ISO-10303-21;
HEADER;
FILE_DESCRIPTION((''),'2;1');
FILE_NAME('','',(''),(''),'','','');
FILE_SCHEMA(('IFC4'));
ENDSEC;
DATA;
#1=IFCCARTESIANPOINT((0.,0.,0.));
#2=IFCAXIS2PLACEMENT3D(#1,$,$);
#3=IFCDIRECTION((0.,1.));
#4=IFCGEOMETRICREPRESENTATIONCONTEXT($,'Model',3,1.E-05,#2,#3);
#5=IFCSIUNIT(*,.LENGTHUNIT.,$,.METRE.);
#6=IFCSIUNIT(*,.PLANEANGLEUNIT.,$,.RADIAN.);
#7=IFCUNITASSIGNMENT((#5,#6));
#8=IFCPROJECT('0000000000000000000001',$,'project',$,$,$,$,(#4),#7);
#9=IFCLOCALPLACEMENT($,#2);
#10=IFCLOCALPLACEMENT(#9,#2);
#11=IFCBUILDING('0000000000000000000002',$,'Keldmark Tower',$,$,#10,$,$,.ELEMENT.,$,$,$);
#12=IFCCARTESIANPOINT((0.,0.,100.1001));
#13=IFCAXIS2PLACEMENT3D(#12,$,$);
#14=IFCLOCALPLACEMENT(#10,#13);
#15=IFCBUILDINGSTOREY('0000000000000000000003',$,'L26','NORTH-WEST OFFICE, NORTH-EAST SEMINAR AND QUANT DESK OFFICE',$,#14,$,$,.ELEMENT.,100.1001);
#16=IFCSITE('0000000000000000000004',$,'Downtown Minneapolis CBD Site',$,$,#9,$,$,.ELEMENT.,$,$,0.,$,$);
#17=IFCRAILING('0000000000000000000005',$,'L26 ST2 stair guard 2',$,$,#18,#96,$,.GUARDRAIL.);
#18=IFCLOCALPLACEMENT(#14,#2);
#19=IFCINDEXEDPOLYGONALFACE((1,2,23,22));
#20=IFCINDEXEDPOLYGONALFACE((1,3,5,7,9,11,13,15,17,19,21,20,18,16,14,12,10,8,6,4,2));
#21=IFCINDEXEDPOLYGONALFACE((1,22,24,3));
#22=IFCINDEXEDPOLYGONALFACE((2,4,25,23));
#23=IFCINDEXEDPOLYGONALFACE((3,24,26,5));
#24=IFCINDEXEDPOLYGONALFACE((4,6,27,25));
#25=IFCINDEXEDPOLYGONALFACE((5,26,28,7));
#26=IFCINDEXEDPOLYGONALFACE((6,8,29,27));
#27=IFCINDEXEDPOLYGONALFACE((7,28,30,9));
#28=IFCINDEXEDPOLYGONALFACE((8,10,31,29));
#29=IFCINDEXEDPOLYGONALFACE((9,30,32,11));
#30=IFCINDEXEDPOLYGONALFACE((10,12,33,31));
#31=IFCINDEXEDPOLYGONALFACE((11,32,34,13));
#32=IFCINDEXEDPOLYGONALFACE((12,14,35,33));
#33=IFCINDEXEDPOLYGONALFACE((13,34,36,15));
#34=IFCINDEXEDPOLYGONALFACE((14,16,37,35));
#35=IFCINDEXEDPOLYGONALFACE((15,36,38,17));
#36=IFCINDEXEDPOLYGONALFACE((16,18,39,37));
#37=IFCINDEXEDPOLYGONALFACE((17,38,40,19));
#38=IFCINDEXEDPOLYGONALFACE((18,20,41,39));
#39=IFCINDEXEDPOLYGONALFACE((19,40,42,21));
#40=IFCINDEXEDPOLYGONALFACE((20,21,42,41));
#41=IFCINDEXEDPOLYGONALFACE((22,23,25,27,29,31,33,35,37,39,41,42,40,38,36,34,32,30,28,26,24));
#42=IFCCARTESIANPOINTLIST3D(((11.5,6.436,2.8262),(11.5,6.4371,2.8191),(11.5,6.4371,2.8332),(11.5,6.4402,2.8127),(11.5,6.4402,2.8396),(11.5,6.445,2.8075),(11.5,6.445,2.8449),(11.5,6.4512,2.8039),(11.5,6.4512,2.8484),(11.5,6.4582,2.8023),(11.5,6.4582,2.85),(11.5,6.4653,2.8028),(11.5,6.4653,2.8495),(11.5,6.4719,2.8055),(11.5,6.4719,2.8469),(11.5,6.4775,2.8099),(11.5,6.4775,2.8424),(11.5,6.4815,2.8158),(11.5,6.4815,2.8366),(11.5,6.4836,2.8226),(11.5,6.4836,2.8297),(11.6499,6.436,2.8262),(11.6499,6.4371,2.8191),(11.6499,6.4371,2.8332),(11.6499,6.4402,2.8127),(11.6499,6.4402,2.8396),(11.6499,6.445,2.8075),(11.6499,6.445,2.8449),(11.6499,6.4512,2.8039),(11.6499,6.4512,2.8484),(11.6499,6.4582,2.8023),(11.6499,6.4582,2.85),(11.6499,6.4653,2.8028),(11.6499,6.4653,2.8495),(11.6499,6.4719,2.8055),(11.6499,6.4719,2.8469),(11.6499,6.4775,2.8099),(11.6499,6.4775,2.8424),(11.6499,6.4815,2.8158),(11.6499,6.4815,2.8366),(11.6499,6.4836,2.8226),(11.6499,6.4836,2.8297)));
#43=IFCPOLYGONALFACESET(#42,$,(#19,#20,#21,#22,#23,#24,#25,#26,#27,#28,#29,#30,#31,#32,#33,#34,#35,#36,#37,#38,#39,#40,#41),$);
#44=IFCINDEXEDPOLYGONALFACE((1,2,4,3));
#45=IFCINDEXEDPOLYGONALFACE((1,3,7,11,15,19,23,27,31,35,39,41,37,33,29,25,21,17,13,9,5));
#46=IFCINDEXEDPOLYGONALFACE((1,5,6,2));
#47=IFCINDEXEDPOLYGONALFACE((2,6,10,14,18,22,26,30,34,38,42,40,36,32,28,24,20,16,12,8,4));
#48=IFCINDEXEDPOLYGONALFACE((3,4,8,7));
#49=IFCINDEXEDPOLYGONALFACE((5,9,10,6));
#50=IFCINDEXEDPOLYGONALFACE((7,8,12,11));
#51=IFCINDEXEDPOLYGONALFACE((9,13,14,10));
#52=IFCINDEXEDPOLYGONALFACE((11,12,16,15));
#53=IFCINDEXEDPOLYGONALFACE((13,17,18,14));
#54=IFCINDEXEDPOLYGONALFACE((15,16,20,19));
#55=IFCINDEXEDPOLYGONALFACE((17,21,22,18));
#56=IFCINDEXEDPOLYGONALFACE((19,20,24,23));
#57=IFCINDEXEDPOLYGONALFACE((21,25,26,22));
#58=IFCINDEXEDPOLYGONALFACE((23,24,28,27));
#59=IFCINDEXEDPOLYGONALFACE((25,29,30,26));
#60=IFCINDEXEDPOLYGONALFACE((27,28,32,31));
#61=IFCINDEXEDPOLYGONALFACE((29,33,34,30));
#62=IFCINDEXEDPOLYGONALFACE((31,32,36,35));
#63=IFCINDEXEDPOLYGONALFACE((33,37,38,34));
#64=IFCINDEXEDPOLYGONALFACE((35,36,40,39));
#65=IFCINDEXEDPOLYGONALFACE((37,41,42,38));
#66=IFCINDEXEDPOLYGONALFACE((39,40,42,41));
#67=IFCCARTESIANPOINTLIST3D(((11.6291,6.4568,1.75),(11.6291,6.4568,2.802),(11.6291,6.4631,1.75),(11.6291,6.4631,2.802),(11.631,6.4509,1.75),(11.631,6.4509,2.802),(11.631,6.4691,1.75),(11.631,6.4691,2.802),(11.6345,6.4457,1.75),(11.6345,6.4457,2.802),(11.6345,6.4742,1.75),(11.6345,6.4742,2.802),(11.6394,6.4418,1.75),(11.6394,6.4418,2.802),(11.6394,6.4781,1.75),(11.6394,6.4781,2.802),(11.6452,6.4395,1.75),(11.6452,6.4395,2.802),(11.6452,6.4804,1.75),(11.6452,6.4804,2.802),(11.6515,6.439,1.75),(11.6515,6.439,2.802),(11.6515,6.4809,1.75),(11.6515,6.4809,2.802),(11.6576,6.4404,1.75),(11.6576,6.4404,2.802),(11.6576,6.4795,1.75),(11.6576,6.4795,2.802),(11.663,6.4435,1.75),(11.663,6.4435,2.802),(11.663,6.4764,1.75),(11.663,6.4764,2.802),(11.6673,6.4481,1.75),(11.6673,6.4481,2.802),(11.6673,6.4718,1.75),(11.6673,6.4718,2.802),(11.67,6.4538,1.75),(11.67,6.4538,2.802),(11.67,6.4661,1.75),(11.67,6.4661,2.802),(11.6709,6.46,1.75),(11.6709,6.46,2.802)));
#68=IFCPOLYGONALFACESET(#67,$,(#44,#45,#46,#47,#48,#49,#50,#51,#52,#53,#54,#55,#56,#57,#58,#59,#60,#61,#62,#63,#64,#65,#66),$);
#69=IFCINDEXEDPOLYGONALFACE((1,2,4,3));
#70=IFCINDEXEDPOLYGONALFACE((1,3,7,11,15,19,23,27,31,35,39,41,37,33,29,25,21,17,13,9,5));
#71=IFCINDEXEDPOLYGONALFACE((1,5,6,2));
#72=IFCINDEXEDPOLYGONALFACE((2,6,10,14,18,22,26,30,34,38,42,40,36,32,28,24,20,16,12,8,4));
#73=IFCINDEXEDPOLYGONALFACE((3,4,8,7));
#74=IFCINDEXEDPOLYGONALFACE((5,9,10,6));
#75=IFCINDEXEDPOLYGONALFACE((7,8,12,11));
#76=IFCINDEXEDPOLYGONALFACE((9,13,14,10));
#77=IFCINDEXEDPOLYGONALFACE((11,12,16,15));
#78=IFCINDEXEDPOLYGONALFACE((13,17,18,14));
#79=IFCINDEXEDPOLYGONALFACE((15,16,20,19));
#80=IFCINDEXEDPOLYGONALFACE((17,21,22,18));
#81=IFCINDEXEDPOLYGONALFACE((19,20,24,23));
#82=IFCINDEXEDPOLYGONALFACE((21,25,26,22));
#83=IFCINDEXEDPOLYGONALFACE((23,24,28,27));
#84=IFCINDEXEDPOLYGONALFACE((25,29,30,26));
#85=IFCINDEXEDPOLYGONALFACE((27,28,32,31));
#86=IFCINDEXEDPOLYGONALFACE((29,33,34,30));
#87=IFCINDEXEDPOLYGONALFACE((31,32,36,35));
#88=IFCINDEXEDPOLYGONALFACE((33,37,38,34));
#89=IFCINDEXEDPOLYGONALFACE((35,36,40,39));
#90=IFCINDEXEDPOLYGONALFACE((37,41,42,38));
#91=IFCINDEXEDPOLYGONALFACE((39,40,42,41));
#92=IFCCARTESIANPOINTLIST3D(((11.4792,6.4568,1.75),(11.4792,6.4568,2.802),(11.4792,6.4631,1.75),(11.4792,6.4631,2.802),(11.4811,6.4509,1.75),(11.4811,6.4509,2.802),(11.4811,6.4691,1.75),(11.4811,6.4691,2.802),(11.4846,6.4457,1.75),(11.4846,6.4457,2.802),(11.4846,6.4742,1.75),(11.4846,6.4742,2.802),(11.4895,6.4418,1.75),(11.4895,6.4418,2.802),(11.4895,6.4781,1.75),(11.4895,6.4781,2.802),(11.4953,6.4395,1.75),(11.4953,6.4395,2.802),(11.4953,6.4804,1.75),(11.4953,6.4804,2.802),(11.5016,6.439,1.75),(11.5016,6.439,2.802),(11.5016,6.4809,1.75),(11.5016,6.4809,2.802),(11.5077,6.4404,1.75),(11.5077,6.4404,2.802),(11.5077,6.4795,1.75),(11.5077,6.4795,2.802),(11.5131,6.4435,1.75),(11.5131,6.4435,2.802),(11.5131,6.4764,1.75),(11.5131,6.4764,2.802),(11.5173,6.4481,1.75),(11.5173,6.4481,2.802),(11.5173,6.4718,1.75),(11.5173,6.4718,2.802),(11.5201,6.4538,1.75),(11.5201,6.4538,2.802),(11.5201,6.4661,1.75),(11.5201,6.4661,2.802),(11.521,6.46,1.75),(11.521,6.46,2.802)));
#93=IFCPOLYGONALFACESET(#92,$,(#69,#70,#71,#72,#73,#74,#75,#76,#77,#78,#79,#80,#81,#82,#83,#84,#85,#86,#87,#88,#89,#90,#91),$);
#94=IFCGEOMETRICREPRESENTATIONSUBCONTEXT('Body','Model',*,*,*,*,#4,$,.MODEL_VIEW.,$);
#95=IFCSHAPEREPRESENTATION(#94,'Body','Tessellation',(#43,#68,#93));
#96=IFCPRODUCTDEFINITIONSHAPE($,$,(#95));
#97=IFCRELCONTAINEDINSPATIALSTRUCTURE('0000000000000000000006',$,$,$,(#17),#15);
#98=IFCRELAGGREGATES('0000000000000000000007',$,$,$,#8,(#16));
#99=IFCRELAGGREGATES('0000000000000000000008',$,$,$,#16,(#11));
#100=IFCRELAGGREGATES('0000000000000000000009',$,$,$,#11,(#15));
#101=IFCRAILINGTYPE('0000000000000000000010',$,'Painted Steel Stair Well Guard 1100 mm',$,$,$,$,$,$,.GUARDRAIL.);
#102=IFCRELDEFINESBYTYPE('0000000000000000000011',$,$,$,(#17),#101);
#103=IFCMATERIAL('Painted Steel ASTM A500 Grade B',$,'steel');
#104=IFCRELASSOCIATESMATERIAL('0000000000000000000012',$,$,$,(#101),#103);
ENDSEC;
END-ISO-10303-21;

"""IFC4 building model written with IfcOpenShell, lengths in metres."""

from ifc_helpers import new_model, si_unit, direction, frame, origin, origin_2d, place, context, subcontext, project, spatial, circle, extrude, material, type_object, element, save


model = new_model("IFC4")

# Units and contexts
model_context = context("Model", 3, precision=1e-05, world=origin(), true_north=direction((0.0, 1.0)))
body_context = subcontext(model_context, "Body", "Model", "MODEL_VIEW")
ifc_project = project(units=[si_unit("LENGTHUNIT", "METRE"), si_unit("PLANEANGLEUNIT", "RADIAN")], contexts=[model_context])

# Site, building, storey
site_placement = place(None, origin())
site = spatial("IfcSite", under=ifc_project, at=site_placement, Name="Downtown Minneapolis CBD Site", CompositionType="ELEMENT", RefElevation=0.0)
building_placement = place(site_placement, origin())
building = spatial("IfcBuilding", under=site, at=building_placement, Name="Keldmark Tower", CompositionType="ELEMENT")
storey_placement = place(building_placement, frame((0.0, 0.0, 100.1001)))
storey = spatial("IfcBuildingStorey", under=building, at=storey_placement, Name="L26", Description="NORTH-WEST OFFICE, NORTH-EAST SEMINAR AND QUANT DESK OFFICE", CompositionType="ELEMENT", Elevation=100.1001)

# Railing
ifc_material_1 = material(Name="Painted Steel ASTM A500 Grade B", Category="steel")
railing_type_1 = type_object("IfcRailingType", Name="Painted Steel Stair Well Guard 1100 mm", PredefinedType="GUARDRAIL", material=ifc_material_1)
railing_1_placement = place(storey_placement, frame((11.6499, 6.46, 1.75)))
element("IfcRailing", 1, at=railing_1_placement, inside=storey, type_object=railing_type_1, Name="L26 ST2 stair guard 2", PredefinedType="GUARDRAIL", context=body_context, shape_type="SweptSolid", body=[
    extrude(circle(Radius=0.0239, at=origin_2d()), frame((0.0, 0.0, 1.0762), z_axis=(-1.0, 0.0, 0.0), x_axis=(0.0, -1.0, 0.0)), (0.0, 0.0, 1.0), 0.1499),
    extrude(circle(Radius=0.021, at=origin_2d()), origin(), (0.0, 0.0, 1.0), 1.052),
    extrude(circle(Radius=0.021, at=origin_2d()), frame((-0.1499, 0.0, 0.0)), (0.0, 0.0, 1.0), 1.052),
])

save(model, "model.ifc")
